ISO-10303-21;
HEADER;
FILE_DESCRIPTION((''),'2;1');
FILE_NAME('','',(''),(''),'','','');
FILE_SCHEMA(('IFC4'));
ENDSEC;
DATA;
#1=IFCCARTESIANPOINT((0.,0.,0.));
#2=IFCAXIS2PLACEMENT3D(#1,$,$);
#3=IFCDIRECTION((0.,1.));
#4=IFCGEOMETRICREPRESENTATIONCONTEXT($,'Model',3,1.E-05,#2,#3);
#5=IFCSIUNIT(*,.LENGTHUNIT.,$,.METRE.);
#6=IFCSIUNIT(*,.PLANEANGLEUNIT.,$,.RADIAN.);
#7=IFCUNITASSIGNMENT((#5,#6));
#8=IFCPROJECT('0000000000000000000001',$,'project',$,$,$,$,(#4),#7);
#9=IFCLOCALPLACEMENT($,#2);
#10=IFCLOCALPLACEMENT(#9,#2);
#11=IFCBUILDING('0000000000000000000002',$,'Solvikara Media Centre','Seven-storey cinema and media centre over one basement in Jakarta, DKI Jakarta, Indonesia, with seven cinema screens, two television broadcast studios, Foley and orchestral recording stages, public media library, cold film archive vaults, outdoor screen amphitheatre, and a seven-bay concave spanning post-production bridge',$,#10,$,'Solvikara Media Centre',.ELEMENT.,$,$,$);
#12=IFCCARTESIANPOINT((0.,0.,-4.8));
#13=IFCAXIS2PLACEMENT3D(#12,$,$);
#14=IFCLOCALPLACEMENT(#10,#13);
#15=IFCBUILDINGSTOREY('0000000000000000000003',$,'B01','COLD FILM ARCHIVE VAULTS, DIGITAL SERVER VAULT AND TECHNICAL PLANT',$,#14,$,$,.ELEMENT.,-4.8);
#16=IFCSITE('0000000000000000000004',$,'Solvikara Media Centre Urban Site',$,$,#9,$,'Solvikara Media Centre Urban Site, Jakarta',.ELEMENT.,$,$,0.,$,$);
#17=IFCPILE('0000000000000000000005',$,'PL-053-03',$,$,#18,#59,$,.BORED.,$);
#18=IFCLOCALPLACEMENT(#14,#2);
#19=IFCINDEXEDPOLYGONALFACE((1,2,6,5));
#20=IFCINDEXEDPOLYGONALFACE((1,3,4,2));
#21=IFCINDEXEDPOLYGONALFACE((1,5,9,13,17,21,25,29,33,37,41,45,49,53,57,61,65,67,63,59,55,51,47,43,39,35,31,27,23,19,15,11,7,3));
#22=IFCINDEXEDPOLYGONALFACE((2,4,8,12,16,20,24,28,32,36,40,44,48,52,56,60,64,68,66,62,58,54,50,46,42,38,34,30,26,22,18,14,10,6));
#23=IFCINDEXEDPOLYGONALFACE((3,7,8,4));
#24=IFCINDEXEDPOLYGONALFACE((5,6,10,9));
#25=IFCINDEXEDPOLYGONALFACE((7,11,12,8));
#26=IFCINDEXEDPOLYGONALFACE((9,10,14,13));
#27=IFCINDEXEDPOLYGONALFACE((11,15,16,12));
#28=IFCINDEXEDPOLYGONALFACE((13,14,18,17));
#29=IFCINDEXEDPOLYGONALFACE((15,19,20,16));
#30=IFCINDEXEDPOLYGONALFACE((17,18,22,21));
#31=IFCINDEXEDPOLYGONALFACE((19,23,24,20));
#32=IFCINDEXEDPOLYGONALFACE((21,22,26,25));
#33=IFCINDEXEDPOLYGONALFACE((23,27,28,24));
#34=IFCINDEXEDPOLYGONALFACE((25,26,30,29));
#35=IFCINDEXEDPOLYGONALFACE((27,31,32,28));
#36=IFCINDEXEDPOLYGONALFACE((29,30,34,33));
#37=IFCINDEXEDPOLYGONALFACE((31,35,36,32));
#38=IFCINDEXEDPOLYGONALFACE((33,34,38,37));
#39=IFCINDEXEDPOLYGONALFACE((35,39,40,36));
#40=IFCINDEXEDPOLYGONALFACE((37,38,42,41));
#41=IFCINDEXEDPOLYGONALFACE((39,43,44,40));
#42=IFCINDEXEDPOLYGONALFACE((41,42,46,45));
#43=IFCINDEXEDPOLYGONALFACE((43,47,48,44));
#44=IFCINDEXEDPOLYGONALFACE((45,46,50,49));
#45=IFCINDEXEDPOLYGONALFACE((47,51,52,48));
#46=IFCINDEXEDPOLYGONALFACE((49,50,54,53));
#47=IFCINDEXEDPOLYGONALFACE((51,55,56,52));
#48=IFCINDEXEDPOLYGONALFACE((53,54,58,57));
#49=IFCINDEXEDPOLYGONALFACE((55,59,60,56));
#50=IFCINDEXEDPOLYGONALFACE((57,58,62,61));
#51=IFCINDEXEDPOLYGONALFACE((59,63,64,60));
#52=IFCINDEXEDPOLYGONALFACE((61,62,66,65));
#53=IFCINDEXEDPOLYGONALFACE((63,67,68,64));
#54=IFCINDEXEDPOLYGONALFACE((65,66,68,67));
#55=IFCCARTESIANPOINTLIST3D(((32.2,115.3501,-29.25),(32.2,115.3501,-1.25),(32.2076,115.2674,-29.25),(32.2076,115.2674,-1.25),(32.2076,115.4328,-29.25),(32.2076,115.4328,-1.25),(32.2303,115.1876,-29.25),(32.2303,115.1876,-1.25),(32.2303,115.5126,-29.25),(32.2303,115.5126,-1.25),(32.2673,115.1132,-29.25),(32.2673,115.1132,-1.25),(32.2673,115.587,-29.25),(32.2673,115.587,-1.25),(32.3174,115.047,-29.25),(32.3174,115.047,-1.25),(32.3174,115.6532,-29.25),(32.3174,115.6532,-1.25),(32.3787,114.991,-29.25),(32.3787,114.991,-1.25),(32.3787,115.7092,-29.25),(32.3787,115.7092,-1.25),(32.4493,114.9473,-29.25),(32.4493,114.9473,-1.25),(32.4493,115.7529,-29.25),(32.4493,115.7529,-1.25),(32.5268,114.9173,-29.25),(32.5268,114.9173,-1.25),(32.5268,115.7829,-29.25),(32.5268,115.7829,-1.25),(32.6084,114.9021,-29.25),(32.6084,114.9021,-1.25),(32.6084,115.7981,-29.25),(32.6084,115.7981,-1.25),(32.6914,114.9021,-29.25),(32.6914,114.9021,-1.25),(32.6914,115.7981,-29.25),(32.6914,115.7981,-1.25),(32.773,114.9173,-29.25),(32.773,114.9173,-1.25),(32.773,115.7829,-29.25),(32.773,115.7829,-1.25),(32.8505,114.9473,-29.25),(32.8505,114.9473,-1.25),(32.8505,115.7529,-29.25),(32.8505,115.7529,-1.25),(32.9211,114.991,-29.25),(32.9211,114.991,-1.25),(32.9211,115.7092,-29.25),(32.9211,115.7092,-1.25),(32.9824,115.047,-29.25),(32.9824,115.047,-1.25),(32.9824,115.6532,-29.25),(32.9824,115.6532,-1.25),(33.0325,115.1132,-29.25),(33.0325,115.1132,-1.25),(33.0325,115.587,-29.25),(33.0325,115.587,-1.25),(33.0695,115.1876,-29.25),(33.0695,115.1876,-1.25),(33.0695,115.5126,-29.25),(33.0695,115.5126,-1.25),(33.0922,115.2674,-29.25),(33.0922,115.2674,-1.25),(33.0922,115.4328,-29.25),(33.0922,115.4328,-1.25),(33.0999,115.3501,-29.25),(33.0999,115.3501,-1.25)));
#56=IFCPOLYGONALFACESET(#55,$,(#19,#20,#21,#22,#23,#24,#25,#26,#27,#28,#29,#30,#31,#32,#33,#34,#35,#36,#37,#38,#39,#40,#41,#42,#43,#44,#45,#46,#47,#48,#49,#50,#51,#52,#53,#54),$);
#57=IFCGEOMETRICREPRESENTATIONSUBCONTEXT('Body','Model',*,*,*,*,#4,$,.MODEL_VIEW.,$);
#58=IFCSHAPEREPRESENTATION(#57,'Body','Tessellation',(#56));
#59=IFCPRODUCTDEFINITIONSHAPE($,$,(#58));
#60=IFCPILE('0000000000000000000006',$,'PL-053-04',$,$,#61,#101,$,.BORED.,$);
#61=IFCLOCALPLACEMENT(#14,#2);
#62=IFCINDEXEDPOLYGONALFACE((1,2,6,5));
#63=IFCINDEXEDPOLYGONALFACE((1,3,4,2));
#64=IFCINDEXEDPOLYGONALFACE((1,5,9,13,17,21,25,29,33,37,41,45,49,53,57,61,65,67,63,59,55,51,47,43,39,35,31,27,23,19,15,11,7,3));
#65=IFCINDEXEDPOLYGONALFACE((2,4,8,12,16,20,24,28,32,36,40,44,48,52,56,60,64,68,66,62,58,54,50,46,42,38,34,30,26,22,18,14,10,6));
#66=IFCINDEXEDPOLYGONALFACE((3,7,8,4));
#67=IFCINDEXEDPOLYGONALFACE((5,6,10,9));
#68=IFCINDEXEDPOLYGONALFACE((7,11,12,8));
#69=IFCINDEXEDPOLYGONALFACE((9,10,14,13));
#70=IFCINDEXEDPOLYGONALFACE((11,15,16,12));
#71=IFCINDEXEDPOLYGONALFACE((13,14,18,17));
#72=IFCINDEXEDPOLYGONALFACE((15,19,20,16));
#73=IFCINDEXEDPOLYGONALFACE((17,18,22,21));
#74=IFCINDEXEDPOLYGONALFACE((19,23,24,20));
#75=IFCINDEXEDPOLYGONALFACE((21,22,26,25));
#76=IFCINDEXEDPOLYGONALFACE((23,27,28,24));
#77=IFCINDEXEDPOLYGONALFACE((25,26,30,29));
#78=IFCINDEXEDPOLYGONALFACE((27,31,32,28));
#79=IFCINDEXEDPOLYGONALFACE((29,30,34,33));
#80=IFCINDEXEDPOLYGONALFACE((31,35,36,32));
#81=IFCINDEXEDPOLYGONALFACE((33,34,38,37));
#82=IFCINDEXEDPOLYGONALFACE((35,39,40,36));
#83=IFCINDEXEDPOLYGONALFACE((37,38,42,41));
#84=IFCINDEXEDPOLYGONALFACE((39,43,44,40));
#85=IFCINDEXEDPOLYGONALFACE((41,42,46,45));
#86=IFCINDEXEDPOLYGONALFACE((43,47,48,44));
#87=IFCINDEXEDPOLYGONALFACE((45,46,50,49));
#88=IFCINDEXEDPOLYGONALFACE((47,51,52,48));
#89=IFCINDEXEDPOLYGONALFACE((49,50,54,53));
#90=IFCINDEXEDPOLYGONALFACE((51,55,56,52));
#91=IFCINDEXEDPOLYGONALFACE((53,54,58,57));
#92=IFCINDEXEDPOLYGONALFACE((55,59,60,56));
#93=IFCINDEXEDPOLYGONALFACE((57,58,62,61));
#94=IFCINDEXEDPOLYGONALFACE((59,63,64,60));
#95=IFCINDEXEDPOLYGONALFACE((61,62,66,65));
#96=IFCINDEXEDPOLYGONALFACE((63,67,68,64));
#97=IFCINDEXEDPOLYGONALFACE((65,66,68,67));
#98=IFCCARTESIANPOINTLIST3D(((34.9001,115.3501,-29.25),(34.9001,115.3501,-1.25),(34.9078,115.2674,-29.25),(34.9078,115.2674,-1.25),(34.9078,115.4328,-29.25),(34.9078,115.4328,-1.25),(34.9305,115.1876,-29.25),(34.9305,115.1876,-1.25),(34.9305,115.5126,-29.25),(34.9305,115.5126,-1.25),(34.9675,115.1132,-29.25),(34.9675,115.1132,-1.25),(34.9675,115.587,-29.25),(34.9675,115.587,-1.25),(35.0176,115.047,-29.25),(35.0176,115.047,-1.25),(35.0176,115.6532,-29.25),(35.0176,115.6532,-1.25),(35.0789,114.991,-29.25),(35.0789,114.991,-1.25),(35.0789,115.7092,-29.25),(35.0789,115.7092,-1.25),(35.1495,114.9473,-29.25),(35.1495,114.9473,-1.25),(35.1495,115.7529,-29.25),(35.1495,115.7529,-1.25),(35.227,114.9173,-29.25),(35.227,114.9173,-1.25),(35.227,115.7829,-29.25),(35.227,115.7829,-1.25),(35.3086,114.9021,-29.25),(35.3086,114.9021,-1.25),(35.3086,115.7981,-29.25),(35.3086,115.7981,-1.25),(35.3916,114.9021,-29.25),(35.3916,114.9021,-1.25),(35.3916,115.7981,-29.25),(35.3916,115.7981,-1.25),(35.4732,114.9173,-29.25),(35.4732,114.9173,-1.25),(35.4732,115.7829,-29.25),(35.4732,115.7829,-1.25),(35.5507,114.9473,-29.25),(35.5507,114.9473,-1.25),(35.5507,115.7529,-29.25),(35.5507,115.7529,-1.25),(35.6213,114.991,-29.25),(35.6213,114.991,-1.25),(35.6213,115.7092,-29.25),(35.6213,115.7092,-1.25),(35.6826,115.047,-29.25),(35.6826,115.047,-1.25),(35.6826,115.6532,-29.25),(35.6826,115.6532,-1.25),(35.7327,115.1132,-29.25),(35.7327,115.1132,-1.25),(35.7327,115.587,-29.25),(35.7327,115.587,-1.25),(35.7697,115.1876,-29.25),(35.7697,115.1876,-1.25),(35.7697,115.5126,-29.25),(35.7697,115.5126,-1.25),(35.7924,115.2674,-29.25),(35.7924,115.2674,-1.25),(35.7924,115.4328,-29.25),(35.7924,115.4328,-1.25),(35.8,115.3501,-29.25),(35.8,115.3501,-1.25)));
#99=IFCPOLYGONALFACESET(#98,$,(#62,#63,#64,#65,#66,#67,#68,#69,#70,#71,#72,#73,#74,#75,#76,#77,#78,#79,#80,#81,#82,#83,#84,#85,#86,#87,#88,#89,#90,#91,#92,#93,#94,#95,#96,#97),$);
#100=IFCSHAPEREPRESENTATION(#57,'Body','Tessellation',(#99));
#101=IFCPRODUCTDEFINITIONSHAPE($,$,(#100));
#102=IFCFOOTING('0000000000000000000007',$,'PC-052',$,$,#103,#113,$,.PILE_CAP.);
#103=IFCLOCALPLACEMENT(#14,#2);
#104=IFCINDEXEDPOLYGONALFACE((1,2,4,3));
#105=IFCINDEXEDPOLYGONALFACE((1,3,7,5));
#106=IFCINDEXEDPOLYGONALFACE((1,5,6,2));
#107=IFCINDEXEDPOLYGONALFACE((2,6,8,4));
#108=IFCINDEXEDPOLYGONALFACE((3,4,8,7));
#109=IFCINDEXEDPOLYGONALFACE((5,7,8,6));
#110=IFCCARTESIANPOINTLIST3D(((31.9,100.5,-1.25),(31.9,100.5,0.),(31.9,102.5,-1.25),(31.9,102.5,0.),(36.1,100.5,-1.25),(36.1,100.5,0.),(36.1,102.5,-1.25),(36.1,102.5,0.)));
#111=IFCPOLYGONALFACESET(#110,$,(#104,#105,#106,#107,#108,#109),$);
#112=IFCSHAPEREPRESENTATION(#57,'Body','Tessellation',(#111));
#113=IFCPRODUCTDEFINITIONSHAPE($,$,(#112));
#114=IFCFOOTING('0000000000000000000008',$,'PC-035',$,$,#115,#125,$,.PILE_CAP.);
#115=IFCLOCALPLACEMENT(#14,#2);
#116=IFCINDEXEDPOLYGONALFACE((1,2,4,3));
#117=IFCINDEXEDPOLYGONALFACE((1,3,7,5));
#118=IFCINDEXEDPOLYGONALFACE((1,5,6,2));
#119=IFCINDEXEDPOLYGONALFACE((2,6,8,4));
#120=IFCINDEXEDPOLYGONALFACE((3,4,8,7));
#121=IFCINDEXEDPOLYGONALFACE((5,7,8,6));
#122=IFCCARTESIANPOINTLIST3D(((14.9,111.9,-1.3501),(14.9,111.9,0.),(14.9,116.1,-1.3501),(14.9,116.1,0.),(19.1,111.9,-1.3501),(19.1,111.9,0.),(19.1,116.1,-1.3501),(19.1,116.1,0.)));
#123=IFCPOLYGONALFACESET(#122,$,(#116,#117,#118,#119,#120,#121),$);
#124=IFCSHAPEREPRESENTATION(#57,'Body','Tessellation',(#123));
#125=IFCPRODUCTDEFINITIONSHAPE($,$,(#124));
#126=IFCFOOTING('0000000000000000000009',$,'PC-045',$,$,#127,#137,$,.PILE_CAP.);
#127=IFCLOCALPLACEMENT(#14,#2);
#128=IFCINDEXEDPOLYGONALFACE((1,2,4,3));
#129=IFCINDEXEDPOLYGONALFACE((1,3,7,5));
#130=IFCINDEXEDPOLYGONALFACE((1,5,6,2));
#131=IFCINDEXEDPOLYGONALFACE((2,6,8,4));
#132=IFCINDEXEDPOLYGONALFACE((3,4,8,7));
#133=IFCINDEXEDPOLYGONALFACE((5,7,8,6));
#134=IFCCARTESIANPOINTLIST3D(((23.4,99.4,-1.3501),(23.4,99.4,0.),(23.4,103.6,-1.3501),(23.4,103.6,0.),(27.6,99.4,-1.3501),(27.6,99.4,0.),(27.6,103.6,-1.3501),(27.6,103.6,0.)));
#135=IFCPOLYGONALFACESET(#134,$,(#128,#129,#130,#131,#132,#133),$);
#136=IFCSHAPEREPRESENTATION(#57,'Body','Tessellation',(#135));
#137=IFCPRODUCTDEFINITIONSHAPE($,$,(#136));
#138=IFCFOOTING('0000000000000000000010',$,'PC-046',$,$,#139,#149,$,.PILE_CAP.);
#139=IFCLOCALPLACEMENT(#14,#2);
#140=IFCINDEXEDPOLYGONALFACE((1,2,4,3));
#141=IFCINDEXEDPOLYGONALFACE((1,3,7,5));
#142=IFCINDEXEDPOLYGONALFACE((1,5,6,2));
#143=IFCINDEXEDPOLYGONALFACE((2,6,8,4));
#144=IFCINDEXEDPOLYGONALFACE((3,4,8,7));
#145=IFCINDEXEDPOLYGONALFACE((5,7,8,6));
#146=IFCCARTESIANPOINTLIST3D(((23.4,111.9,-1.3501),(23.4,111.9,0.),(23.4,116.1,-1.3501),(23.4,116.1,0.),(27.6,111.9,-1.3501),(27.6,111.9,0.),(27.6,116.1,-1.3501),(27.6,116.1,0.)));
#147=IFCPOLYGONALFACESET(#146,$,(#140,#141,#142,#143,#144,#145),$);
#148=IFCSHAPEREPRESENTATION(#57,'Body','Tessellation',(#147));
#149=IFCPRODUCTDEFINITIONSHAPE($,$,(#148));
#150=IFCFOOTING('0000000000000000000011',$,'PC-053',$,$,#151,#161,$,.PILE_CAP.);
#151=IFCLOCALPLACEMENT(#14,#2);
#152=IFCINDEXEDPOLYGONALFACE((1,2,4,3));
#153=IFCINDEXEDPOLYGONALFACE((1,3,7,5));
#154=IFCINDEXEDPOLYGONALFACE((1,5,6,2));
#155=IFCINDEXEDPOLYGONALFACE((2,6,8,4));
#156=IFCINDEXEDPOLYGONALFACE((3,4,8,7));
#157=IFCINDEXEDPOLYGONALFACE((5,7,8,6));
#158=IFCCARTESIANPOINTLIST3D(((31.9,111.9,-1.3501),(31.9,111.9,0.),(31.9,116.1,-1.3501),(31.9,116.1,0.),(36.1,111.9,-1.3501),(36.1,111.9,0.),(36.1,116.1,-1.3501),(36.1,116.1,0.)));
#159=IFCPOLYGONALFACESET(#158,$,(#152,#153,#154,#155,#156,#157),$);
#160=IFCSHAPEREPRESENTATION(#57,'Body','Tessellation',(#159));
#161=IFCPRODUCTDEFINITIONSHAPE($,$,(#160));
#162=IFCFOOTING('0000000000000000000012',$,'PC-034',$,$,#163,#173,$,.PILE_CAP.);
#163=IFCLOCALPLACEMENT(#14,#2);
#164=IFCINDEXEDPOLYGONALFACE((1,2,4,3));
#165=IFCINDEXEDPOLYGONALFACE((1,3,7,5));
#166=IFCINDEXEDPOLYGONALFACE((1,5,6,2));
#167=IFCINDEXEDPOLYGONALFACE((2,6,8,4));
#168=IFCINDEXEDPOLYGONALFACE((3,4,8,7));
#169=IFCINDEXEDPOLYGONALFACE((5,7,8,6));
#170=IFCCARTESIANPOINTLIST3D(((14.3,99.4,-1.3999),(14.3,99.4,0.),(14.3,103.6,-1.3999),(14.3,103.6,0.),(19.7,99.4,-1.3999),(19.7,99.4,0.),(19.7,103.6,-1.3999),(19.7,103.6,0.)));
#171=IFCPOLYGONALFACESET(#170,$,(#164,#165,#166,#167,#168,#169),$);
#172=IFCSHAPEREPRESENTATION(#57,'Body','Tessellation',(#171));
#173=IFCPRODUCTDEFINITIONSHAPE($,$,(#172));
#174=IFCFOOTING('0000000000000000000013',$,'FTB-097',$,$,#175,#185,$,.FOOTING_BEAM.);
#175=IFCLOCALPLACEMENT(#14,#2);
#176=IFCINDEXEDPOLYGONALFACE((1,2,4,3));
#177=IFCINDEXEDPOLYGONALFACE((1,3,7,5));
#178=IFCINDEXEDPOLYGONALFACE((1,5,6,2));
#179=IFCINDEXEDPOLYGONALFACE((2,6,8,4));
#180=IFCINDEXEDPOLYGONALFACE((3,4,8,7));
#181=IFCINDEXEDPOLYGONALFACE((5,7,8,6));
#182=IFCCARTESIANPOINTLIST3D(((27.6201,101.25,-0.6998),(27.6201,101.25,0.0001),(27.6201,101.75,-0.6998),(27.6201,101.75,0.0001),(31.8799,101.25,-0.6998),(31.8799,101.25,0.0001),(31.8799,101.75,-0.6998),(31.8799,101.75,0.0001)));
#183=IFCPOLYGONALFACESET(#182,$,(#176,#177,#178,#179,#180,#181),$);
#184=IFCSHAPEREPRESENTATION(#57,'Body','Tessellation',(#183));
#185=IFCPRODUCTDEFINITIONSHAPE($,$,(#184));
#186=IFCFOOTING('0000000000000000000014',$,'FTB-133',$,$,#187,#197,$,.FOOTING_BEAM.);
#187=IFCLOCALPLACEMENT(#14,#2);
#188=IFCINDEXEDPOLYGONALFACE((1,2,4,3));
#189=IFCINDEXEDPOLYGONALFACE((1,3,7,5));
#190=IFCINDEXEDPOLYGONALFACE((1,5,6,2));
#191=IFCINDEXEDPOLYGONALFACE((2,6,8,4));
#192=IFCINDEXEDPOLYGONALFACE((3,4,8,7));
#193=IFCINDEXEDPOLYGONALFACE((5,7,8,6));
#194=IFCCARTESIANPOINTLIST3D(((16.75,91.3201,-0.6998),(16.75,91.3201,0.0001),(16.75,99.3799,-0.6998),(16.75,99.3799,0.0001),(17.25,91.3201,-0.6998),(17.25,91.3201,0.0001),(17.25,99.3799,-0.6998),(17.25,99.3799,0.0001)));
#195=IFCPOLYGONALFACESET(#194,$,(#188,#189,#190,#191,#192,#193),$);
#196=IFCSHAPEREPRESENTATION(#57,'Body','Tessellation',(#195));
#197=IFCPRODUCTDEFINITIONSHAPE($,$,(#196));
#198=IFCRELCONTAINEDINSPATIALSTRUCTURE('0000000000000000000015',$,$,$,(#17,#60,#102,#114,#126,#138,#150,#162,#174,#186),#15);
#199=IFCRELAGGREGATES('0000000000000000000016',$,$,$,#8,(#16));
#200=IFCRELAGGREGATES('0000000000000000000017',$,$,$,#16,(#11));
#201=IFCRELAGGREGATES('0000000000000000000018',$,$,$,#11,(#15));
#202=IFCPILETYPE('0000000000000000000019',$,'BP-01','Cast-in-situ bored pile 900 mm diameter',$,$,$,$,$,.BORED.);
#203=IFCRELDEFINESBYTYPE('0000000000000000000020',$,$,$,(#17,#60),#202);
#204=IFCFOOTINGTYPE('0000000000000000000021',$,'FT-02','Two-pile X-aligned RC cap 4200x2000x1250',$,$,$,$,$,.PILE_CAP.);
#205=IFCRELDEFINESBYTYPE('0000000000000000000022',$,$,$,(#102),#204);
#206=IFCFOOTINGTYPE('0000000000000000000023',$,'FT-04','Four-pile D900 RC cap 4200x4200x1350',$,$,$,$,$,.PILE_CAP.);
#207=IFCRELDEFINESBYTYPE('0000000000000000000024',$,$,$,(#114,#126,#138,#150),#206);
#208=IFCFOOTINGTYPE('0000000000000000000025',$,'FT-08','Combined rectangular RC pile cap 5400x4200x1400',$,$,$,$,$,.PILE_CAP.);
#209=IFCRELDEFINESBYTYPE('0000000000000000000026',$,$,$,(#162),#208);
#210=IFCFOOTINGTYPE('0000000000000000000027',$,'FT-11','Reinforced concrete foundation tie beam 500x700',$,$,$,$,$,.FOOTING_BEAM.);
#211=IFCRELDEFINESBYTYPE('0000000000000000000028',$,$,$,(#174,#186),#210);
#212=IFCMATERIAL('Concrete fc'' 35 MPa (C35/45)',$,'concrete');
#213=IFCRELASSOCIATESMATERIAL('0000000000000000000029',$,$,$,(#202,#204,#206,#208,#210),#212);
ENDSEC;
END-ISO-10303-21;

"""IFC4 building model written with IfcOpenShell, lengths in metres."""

from ifc_helpers import new_model, si_unit, direction, frame, origin, origin_2d, place, context, subcontext, project, spatial, rectangle, circle, extrude, material, material_profile, profile_set, type_object, element, save


model = new_model("IFC4")

# Units and contexts
model_context = context("Model", 3, precision=1e-05, world=origin(), true_north=direction((0.0, 1.0)))
body_context = subcontext(model_context, "Body", "Model", "MODEL_VIEW")
ifc_project = project(units=[si_unit("LENGTHUNIT", "METRE"), si_unit("PLANEANGLEUNIT", "RADIAN")], contexts=[model_context])

# Site, building, storey
site_placement = place(None, origin())
site = spatial("IfcSite", under=ifc_project, at=site_placement, Name="Solvikara Media Centre Urban Site", LongName="Solvikara Media Centre Urban Site, Jakarta", CompositionType="ELEMENT", RefElevation=0.0)
building_placement = place(site_placement, origin())
building = spatial("IfcBuilding", under=site, at=building_placement, Name="Solvikara Media Centre", Description="Seven-storey cinema and media centre over one basement in Jakarta, DKI Jakarta, Indonesia, with seven cinema screens, two television broadcast studios, Foley and orchestral recording stages, public media library, cold film archive vaults, outdoor screen amphitheatre, and a seven-bay concave spanning post-production bridge", LongName="Solvikara Media Centre", CompositionType="ELEMENT")
storey_placement = place(building_placement, frame((0.0, 0.0, -4.8)))
storey = spatial("IfcBuildingStorey", under=building, at=storey_placement, Name="B01", Description="COLD FILM ARCHIVE VAULTS, DIGITAL SERVER VAULT AND TECHNICAL PLANT", CompositionType="ELEMENT", Elevation=-4.8)

# Piles
ifc_material_1 = material(Name="Concrete fc' 35 MPa (C35/45)", Category="concrete")
ifc_material_profile_1 = material_profile(ifc_material_1, circle(Radius=0.45, at=origin_2d()), Name="BORED PILE D900")
ifc_profile_set_1 = profile_set([ifc_material_profile_1], Name="Concrete fc' 35 MPa (C35/45)")
pile_type = type_object("IfcPileType", Name="BP-01", Description="Cast-in-situ bored pile 900 mm diameter", PredefinedType="BORED", material=ifc_profile_set_1)
for number, where, z_axis, x_axis, name in (
    (1, (32.6499, 115.3501, -1.25), (0.0, 0.0, -1.0), (1.0, 0.0, 0.0), "PL-053-03"),
    (2, (35.3501, 115.3501, -1.25), (0.0, 0.0, -1.0), (1.0, 0.0, 0.0), "PL-053-04"),
):
    element("IfcPile", number, at=place(storey_placement, frame(where, z_axis=z_axis, x_axis=x_axis)), inside=storey, type_object=pile_type, Name=name, PredefinedType="BORED", context=body_context, shape_type="SweptSolid", body=[
        extrude(circle(Radius=0.45, at=origin_2d()), origin(), (0.0, 0.0, 1.0), 28.0),
    ])

# Footings
footing_type_1 = type_object("IfcFootingType", Name="FT-02", Description="Two-pile X-aligned RC cap 4200x2000x1250", PredefinedType="PILE_CAP", material=ifc_material_1)
footing_1_placement = place(storey_placement, frame((34.0, 101.5, -1.25), z_axis=(0.0, 0.0, 1.0), x_axis=(1.0, 0.0, 0.0)))
element("IfcFooting", 3, at=footing_1_placement, inside=storey, type_object=footing_type_1, Name="PC-052", PredefinedType="PILE_CAP", context=body_context, shape_type="SweptSolid", body=[
    extrude(rectangle(XDim=4.2, YDim=2.0, at=origin_2d()), origin(), (0.0, 0.0, 1.0), 1.25),
])
footing_type_2 = type_object("IfcFootingType", Name="FT-04", Description="Four-pile D900 RC cap 4200x4200x1350", PredefinedType="PILE_CAP", material=ifc_material_1)
for number, where, z_axis, x_axis, name in (
    (4, (17.0, 114.0, -1.3501), (0.0, 0.0, 1.0), (1.0, 0.0, 0.0), "PC-035"),
    (5, (25.5, 101.5, -1.3501), (0.0, 0.0, 1.0), (1.0, 0.0, 0.0), "PC-045"),
    (6, (25.5, 114.0, -1.3501), (0.0, 0.0, 1.0), (1.0, 0.0, 0.0), "PC-046"),
    (7, (34.0, 114.0, -1.3501), (0.0, 0.0, 1.0), (1.0, 0.0, 0.0), "PC-053"),
):
    element("IfcFooting", number, at=place(storey_placement, frame(where, z_axis=z_axis, x_axis=x_axis)), inside=storey, type_object=footing_type_2, Name=name, PredefinedType="PILE_CAP", context=body_context, shape_type="SweptSolid", body=[
        extrude(rectangle(XDim=4.2, YDim=4.2, at=origin_2d()), origin(), (0.0, 0.0, 1.0), 1.3501),
    ])
footing_type_3 = type_object("IfcFootingType", Name="FT-08", Description="Combined rectangular RC pile cap 5400x4200x1400", PredefinedType="PILE_CAP", material=ifc_material_1)
footing_2_placement = place(storey_placement, frame((17.0, 101.5, -1.3999), z_axis=(0.0, 0.0, 1.0), x_axis=(1.0, 0.0, 0.0)))
element("IfcFooting", 8, at=footing_2_placement, inside=storey, type_object=footing_type_3, Name="PC-034", PredefinedType="PILE_CAP", context=body_context, shape_type="SweptSolid", body=[
    extrude(rectangle(XDim=5.3999, YDim=4.2, at=origin_2d()), origin(), (0.0, 0.0, 1.0), 1.3999),
])
ifc_material_profile_2 = material_profile(ifc_material_1, rectangle(XDim=0.5, YDim=0.7, at=origin_2d()), Name="RC 500x700")
ifc_profile_set_2 = profile_set([ifc_material_profile_2], Name="Concrete fc' 35 MPa (C35/45)")
footing_type_4 = type_object("IfcFootingType", Name="FT-11", Description="Reinforced concrete foundation tie beam 500x700", PredefinedType="FOOTING_BEAM", material=ifc_profile_set_2)
footing_3_placement = place(storey_placement, frame((27.6201, 101.5, -0.3499), z_axis=(1.0, 0.0, 0.0), x_axis=(0.0, 1.0, 0.0)))
element("IfcFooting", 9, at=footing_3_placement, inside=storey, type_object=footing_type_4, Name="FTB-097", PredefinedType="FOOTING_BEAM", context=body_context, shape_type="SweptSolid", body=[
    extrude(rectangle(XDim=0.5, YDim=0.7, at=origin_2d()), origin(), (0.0, 0.0, 1.0), 4.2598),
])
footing_4_placement = place(storey_placement, frame((17.0, 91.3201, -0.3499), z_axis=(0.0, 1.0, 0.0), x_axis=(-1.0, 0.0, 0.0)))
element("IfcFooting", 10, at=footing_4_placement, inside=storey, type_object=footing_type_4, Name="FTB-133", PredefinedType="FOOTING_BEAM", context=body_context, shape_type="SweptSolid", body=[
    extrude(rectangle(XDim=0.5, YDim=0.7, at=origin_2d()), origin(), (0.0, 0.0, 1.0), 8.0598),
])

save(model, "model.ifc")
